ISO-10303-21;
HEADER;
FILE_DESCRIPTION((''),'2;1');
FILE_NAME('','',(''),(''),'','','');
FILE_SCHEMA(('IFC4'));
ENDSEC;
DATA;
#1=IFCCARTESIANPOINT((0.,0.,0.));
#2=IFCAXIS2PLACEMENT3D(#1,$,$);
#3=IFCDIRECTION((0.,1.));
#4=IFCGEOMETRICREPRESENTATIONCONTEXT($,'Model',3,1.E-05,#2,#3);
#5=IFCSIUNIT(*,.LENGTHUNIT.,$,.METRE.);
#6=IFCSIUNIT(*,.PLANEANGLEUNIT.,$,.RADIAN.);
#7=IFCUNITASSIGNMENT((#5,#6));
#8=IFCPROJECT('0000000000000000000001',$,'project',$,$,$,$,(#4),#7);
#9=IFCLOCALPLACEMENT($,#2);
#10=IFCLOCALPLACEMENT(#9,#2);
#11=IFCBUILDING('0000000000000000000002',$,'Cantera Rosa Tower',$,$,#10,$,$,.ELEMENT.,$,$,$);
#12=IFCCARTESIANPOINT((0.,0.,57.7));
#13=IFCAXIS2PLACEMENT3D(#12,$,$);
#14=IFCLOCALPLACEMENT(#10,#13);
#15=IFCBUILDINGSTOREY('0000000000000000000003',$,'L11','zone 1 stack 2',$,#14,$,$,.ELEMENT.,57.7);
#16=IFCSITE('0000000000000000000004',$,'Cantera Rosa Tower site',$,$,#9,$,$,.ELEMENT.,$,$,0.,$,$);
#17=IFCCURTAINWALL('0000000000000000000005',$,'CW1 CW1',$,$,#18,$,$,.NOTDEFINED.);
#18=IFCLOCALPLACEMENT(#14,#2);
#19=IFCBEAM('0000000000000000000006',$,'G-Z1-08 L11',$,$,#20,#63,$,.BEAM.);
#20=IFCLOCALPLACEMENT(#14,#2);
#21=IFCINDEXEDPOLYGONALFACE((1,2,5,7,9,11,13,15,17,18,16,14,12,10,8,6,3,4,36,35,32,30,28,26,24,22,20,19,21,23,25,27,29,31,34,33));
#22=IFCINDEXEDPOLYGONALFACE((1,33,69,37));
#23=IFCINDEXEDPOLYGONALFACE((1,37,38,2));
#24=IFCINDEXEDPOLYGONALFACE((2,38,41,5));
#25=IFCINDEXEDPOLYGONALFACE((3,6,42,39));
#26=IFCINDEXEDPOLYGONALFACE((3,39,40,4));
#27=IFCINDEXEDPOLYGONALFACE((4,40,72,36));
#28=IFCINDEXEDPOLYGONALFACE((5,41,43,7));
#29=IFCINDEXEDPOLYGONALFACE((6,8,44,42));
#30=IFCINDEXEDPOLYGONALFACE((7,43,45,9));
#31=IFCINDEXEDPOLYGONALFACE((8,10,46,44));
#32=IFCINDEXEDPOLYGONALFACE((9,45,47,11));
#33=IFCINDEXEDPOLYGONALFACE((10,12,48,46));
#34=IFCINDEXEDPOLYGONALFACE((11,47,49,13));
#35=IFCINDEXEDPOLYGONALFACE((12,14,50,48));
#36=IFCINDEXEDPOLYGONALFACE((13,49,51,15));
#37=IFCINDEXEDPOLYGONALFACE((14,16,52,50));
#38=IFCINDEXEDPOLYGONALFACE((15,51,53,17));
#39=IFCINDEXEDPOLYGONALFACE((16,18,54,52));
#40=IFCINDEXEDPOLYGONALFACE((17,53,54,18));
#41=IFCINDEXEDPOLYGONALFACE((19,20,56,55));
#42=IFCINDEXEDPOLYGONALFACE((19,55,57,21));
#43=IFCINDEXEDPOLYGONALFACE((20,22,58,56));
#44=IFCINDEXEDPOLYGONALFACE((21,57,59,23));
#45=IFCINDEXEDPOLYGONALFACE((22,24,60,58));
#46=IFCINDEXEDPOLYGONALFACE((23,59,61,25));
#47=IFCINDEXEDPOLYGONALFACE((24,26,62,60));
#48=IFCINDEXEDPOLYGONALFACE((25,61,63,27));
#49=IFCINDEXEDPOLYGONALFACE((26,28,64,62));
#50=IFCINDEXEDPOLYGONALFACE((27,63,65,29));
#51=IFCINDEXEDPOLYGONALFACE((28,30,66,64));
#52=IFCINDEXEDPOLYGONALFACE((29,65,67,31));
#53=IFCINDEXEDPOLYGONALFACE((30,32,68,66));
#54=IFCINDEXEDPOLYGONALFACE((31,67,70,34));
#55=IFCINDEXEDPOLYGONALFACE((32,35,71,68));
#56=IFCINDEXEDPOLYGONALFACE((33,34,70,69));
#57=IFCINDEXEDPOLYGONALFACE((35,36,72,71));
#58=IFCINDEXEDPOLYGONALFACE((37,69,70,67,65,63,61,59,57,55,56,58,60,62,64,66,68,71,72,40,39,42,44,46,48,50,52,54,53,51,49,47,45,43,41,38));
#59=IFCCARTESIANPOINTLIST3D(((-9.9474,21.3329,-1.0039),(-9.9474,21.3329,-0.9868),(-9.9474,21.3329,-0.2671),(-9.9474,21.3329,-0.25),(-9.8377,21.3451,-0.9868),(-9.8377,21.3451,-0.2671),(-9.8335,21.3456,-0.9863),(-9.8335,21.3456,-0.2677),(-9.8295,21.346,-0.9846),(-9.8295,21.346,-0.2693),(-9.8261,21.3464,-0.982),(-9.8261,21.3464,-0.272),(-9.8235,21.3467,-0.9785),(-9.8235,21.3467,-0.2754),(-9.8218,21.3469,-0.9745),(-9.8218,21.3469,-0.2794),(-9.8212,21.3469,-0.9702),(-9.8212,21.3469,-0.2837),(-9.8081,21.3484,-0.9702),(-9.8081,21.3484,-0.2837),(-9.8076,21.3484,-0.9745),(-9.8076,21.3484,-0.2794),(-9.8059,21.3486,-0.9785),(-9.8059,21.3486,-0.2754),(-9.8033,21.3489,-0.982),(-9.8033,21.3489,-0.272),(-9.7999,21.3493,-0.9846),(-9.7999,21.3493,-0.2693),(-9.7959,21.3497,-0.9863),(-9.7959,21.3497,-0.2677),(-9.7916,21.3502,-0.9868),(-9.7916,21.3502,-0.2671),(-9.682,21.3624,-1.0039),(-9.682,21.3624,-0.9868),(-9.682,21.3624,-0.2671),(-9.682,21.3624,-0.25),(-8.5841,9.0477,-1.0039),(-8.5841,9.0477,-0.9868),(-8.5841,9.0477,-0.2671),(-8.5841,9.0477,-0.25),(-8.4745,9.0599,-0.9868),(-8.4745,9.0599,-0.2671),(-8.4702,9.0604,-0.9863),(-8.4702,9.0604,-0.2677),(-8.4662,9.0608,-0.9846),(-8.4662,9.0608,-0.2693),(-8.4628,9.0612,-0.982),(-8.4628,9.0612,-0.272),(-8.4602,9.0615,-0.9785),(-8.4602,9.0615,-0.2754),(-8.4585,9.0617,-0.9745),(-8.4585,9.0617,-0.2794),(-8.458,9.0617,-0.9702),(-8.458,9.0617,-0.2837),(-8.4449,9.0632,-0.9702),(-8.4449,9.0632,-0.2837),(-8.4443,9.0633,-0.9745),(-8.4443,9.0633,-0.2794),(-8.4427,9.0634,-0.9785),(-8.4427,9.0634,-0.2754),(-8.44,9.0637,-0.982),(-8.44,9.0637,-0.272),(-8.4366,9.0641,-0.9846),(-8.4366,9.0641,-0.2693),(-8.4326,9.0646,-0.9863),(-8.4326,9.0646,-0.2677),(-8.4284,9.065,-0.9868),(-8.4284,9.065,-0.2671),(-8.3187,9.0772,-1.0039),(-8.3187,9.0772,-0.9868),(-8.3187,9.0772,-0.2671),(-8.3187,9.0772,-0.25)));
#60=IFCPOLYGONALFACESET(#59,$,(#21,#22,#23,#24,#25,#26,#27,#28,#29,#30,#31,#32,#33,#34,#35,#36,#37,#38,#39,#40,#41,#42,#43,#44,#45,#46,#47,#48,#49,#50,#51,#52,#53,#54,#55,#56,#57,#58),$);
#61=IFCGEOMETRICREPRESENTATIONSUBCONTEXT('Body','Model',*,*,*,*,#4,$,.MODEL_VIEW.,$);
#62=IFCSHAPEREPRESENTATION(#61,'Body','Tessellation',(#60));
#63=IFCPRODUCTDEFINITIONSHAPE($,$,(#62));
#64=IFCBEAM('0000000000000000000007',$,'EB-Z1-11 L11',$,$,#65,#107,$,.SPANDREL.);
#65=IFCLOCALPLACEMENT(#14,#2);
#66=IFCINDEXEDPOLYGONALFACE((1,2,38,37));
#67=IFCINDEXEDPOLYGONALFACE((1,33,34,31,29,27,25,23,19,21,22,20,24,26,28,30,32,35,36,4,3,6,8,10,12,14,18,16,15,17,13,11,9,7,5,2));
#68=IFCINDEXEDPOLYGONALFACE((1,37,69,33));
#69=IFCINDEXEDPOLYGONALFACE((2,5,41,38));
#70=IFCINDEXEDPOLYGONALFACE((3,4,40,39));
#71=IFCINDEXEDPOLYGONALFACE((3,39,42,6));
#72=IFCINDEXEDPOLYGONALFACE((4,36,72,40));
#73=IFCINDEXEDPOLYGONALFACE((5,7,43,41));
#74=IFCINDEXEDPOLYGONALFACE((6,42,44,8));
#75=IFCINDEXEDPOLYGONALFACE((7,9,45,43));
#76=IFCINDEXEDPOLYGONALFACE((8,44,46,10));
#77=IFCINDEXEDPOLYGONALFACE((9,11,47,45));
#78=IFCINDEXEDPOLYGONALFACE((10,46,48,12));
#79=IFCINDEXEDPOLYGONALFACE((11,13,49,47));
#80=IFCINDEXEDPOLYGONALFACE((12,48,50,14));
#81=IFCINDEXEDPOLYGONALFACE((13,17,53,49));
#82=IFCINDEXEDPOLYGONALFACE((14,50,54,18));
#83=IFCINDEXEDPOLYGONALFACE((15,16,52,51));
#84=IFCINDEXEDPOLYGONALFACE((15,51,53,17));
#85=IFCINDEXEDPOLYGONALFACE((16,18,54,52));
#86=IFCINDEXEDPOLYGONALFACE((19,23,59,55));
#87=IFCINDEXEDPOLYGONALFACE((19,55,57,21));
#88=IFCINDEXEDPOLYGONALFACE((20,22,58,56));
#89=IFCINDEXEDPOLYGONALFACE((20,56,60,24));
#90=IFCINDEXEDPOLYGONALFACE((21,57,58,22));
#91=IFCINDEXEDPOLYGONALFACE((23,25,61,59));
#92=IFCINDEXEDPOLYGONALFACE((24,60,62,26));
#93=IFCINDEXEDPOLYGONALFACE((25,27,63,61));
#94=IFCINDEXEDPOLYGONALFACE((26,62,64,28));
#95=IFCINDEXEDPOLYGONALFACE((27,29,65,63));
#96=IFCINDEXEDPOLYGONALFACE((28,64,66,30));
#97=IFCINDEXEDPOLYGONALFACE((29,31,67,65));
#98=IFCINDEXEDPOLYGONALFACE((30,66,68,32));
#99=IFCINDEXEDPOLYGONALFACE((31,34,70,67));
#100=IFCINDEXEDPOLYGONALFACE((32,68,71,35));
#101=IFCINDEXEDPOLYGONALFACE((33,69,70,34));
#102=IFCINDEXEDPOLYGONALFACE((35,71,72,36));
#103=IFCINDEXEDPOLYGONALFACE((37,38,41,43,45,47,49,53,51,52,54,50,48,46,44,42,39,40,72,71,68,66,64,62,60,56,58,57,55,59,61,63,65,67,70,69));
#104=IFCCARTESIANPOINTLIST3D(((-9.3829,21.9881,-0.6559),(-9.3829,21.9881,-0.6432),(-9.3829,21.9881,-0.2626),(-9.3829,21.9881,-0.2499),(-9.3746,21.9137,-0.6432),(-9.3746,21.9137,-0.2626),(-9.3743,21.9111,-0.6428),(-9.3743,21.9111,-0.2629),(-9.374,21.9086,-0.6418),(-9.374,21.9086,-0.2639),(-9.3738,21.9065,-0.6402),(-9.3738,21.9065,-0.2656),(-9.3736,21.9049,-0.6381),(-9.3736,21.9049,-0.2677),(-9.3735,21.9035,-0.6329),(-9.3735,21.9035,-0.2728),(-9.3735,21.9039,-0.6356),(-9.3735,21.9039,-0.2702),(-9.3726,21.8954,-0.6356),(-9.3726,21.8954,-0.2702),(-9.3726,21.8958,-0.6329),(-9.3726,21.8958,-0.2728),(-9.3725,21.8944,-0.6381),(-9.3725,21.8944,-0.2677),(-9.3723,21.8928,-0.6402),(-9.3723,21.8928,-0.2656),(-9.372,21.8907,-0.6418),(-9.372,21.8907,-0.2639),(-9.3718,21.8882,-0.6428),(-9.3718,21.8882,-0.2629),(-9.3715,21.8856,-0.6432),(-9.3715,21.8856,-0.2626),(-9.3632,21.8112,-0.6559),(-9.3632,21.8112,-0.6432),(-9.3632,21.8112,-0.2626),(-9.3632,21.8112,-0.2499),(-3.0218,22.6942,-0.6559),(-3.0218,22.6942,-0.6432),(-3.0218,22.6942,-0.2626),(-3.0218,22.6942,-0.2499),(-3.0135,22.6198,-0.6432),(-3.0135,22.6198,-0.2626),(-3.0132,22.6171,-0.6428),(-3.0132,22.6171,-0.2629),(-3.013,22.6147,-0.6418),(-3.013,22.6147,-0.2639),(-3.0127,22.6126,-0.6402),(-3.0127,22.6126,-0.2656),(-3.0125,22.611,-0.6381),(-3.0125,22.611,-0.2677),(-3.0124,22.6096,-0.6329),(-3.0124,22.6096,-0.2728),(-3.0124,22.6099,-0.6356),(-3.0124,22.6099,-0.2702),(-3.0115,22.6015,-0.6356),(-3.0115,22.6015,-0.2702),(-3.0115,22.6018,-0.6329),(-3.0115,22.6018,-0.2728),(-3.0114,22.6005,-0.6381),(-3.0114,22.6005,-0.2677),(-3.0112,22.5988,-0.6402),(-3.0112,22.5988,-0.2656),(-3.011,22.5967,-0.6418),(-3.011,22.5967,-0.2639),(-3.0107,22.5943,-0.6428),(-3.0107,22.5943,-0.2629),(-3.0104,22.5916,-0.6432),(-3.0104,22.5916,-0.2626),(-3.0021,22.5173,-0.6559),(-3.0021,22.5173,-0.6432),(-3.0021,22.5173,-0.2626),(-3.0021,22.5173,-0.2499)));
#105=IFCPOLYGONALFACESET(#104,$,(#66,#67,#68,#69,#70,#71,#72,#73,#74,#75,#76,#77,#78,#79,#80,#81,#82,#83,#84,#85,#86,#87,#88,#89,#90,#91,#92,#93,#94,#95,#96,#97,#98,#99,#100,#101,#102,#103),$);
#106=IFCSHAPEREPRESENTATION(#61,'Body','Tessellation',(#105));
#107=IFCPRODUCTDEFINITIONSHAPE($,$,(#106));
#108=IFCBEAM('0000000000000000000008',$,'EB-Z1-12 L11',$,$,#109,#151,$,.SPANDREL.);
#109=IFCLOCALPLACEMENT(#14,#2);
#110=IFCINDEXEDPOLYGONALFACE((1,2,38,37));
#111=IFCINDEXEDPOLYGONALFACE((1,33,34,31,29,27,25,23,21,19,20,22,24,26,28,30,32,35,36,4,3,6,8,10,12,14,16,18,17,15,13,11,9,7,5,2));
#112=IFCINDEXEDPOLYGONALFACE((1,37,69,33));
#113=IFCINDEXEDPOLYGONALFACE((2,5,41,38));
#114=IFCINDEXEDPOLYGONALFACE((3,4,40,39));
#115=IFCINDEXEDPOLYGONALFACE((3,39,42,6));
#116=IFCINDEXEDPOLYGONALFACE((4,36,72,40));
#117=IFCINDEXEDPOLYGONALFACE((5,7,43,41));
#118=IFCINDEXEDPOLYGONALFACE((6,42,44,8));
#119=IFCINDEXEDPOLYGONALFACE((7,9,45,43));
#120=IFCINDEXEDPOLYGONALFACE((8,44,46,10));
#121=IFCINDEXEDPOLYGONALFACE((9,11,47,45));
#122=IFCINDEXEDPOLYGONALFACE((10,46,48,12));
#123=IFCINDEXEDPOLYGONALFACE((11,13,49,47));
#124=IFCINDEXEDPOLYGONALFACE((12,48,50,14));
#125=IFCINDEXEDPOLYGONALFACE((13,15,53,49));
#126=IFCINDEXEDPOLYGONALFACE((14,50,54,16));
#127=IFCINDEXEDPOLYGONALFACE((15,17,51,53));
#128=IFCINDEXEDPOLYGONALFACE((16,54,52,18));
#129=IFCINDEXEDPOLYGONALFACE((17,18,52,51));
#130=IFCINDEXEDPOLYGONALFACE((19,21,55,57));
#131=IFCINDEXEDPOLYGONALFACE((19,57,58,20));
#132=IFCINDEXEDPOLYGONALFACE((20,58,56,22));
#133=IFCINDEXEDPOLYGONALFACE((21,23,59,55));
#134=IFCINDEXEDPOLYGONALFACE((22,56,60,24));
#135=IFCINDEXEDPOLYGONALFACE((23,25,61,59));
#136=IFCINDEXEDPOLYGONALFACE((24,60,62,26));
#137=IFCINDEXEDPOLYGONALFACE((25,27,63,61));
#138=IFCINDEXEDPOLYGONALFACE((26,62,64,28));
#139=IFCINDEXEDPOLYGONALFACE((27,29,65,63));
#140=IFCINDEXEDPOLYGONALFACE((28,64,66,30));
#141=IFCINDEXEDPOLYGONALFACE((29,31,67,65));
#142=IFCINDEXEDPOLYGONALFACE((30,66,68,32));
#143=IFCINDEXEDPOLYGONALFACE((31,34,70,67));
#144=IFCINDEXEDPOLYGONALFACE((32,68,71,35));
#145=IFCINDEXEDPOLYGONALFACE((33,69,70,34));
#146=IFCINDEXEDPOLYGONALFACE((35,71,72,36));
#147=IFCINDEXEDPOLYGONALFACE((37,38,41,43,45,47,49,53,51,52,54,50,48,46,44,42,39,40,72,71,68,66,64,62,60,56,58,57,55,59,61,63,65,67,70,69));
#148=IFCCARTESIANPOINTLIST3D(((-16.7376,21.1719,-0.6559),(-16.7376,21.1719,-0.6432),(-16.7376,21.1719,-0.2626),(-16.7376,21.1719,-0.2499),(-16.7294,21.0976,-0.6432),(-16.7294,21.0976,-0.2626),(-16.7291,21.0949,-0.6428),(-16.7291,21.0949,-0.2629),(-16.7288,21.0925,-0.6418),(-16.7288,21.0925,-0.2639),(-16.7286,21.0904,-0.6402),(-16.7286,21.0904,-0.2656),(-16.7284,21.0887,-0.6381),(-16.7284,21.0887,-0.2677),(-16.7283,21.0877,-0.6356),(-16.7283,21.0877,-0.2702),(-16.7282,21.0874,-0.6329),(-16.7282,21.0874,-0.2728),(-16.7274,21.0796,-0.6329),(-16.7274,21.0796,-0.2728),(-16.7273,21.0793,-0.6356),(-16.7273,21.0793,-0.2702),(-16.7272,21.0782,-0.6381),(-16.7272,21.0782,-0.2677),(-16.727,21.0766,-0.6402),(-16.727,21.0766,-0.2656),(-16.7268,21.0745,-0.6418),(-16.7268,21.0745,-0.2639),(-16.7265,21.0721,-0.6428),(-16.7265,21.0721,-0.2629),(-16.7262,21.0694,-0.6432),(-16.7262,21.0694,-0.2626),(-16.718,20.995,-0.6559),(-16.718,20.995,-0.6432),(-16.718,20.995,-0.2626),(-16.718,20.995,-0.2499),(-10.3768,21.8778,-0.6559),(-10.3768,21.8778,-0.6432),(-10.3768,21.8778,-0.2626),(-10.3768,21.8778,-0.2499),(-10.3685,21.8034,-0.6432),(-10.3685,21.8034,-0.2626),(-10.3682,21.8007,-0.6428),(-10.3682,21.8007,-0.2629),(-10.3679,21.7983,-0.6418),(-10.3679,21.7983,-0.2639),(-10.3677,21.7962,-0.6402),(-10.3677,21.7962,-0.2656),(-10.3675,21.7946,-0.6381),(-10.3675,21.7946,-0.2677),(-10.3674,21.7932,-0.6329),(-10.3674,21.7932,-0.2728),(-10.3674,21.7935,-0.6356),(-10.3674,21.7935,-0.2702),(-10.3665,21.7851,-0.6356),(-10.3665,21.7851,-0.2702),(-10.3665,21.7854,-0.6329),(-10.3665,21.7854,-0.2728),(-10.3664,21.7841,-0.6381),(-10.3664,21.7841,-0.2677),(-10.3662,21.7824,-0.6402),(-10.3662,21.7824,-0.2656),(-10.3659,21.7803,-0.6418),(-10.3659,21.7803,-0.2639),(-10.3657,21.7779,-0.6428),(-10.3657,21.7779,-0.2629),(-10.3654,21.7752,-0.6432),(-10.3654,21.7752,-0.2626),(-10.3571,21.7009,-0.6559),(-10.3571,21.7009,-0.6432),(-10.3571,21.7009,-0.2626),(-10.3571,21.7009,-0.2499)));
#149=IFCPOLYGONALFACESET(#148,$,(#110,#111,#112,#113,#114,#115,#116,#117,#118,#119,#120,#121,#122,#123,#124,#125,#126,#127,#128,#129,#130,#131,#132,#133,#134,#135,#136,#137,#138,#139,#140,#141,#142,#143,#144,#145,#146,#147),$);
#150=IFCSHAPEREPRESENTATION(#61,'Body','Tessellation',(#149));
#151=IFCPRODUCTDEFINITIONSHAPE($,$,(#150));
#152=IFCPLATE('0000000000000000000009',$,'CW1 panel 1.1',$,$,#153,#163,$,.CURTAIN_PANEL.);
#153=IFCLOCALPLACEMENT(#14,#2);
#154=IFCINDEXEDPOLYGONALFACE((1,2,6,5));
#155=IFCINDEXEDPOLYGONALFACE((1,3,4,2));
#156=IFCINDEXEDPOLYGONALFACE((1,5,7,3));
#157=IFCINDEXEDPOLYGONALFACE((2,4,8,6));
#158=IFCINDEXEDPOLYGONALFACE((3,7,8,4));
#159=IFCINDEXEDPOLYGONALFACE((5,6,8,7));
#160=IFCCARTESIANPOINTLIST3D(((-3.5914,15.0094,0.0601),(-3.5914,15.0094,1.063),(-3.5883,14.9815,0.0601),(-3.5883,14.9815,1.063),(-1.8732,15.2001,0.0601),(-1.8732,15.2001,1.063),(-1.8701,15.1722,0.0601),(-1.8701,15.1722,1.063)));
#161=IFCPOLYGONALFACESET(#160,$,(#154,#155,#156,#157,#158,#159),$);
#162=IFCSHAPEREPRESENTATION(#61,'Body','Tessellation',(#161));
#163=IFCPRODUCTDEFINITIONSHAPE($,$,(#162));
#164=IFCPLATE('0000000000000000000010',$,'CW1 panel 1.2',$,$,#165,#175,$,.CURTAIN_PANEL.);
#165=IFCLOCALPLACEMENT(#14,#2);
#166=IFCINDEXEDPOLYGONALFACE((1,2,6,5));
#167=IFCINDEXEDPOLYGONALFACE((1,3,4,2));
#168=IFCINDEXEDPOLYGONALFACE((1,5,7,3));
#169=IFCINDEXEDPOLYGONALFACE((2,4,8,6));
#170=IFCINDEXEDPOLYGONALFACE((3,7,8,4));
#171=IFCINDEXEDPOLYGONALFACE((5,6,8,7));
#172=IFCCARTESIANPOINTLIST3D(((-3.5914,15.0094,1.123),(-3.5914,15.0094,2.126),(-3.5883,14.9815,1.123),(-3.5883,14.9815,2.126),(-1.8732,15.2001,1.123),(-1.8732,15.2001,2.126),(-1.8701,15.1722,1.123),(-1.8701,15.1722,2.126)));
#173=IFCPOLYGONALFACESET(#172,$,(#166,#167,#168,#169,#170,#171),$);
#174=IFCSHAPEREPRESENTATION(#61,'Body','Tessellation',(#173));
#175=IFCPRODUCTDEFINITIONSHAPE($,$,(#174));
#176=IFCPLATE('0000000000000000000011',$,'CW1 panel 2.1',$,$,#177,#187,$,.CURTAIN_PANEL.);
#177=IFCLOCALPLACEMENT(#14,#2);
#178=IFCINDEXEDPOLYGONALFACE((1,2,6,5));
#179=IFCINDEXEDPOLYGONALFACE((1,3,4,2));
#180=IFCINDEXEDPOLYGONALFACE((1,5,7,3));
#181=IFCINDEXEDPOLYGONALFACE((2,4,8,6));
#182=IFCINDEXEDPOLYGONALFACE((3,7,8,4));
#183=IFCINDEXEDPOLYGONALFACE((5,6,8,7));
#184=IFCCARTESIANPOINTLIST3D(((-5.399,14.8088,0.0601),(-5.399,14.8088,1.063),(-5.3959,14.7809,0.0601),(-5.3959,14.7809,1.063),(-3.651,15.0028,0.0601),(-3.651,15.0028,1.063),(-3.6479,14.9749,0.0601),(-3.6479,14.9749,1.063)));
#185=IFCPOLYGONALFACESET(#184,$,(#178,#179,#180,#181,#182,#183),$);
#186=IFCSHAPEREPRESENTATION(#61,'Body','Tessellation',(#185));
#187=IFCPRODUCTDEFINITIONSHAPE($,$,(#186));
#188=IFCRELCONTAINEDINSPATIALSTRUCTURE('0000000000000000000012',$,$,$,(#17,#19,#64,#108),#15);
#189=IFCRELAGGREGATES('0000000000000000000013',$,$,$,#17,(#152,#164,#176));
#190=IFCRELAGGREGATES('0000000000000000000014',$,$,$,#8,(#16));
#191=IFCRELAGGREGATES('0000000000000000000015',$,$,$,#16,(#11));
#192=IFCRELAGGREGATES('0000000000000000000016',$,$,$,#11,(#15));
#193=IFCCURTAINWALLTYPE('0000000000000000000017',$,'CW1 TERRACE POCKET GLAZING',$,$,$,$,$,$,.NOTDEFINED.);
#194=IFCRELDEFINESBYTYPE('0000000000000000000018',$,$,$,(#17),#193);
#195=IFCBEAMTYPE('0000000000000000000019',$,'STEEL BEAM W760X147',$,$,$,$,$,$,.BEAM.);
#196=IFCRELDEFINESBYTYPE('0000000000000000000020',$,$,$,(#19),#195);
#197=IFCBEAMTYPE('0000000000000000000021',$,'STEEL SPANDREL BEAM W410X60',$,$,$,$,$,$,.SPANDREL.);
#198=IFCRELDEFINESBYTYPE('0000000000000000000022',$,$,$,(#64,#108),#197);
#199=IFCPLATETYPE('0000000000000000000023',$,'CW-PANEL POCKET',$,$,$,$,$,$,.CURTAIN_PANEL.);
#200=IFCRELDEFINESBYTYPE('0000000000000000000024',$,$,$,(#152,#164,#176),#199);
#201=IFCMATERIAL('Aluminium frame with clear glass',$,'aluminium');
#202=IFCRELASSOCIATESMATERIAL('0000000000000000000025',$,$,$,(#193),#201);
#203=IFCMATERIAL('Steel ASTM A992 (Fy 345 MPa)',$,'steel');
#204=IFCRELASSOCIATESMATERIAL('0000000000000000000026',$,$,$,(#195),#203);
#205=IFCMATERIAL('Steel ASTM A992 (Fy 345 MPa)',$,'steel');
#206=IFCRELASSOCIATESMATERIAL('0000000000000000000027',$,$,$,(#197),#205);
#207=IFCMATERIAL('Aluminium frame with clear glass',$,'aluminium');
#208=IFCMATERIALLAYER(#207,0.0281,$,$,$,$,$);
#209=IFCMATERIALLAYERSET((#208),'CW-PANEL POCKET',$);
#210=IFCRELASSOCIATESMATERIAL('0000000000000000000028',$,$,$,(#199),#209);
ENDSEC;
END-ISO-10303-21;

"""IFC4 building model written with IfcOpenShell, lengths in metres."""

from ifc_helpers import new_model, si_unit, direction, frame, origin, origin_2d, place, context, subcontext, project, spatial, rectangle, i_section, extrude, material, layer, layer_set, material_profile, profile_set, type_object, element, aggregate, save


model = new_model("IFC4")

# Units and contexts
model_context = context("Model", 3, precision=1e-05, world=origin(), true_north=direction((0.0, 1.0)))
body_context = subcontext(model_context, "Body", "Model", "MODEL_VIEW")
ifc_project = project(units=[si_unit("LENGTHUNIT", "METRE"), si_unit("PLANEANGLEUNIT", "RADIAN")], contexts=[model_context])

# Site, building, storey
site_placement = place(None, origin())
site = spatial("IfcSite", under=ifc_project, at=site_placement, Name="Cantera Rosa Tower site", CompositionType="ELEMENT", RefElevation=0.0)
building_placement = place(site_placement, origin())
building = spatial("IfcBuilding", under=site, at=building_placement, Name="Cantera Rosa Tower", CompositionType="ELEMENT")
storey_placement = place(building_placement, frame((0.0, 0.0, 57.7)))
storey = spatial("IfcBuildingStorey", under=building, at=storey_placement, Name="L11", Description="zone 1 stack 2", CompositionType="ELEMENT", Elevation=57.7)

# Curtain wall
ifc_material_1 = material(Name="Aluminium frame with clear glass", Category="aluminium")
curtain_wall_type = type_object("IfcCurtainWallType", Name="CW1 TERRACE POCKET GLAZING", PredefinedType="NOTDEFINED", material=ifc_material_1)
curtain_wall_placement = place(storey_placement, origin())
curtain_wall = element("IfcCurtainWall", 1, at=curtain_wall_placement, inside=storey, type_object=curtain_wall_type, Name="CW1 CW1", PredefinedType="NOTDEFINED")

# Beams
ifc_material_2 = material(Name="Steel ASTM A992 (Fy 345 MPa)", Category="steel")
ifc_material_profile_1 = material_profile(ifc_material_2, i_section(OverallWidth=0.2671, OverallDepth=0.7539, WebThickness=0.0132, FlangeThickness=0.0171, FilletRadius=0.0166, at=origin_2d()), Name="W760X147")
ifc_profile_set_1 = profile_set([ifc_material_profile_1], Name="Steel ASTM A992 (Fy 345 MPa)")
beam_type_1 = type_object("IfcBeamType", Name="STEEL BEAM W760X147", PredefinedType="BEAM", material=ifc_profile_set_1)
beam_1_placement = place(storey_placement, frame((-9.8147, 21.3477, -0.627), z_axis=(0.110293, -0.993899, 0.0), x_axis=(0.993899, 0.110293, 0.0)))
element("IfcBeam", 2, at=beam_1_placement, inside=storey, type_object=beam_type_1, Name="G-Z1-08 L11", PredefinedType="BEAM", context=body_context, shape_type="SweptSolid", body=[
    extrude(i_section(OverallWidth=0.2671, OverallDepth=0.7539, WebThickness=0.0132, FlangeThickness=0.0171, FilletRadius=0.0166, at=origin_2d()), origin(), (0.0, 0.0, 1.0), 12.3606),
])
ifc_material_3 = material(Name="Steel ASTM A992 (Fy 345 MPa)", Category="steel")
ifc_material_profile_2 = material_profile(ifc_material_3, i_section(OverallWidth=0.178, OverallDepth=0.406, WebThickness=0.0078, FlangeThickness=0.0127, FilletRadius=0.0103, at=origin_2d()), Name="W410X60")
ifc_profile_set_2 = profile_set([ifc_material_profile_2], Name="Steel ASTM A992 (Fy 345 MPa)")
beam_type_2 = type_object("IfcBeamType", Name="STEEL SPANDREL BEAM W410X60", PredefinedType="SPANDREL", material=ifc_profile_set_2)
beam_2_placement = place(storey_placement, frame((-3.012, 22.6057, -0.4529), z_axis=(-0.993896, -0.110318, 0.0), x_axis=(0.110318, -0.993896, 0.0)))
element("IfcBeam", 3, at=beam_2_placement, inside=storey, type_object=beam_type_2, Name="EB-Z1-11 L11", PredefinedType="SPANDREL", context=body_context, shape_type="SweptSolid", body=[
    extrude(i_section(OverallWidth=0.178, OverallDepth=0.406, WebThickness=0.0078, FlangeThickness=0.0127, FilletRadius=0.0103, at=origin_2d()), origin(), (0.0, 0.0, 1.0), 6.4001),
])
beam_3_placement = place(storey_placement, frame((-10.3669, 21.7893, -0.4529), z_axis=(-0.9939, -0.110285, 0.0), x_axis=(0.110285, -0.9939, 0.0)))
element("IfcBeam", 4, at=beam_3_placement, inside=storey, type_object=beam_type_2, Name="EB-Z1-12 L11", PredefinedType="SPANDREL", context=body_context, shape_type="SweptSolid", body=[
    extrude(i_section(OverallWidth=0.178, OverallDepth=0.406, WebThickness=0.0078, FlangeThickness=0.0127, FilletRadius=0.0103, at=origin_2d()), origin(), (0.0, 0.0, 1.0), 6.3999),
])

# Plates
ifc_material_4 = material(Name="Aluminium frame with clear glass", Category="aluminium")
ifc_layer_1 = layer(ifc_material_4, 0.0281)
ifc_layer_set_1 = layer_set([ifc_layer_1], Name="CW-PANEL POCKET")
plate_type = type_object("IfcPlateType", Name="CW-PANEL POCKET", PredefinedType="CURTAIN_PANEL", material=ifc_layer_set_1)
plate_1_placement = place(storey_placement, frame((-2.7307, 15.0908, 0.0601), z_axis=(0.0, 0.0, 1.0), x_axis=(-0.993897, -0.110313, 0.0)))
plate_1 = element("IfcPlate", 5, at=plate_1_placement, type_object=plate_type, Name="CW1 panel 1.1", PredefinedType="CURTAIN_PANEL", context=body_context, shape_type="SweptSolid", body=[
    extrude(rectangle(XDim=1.7288, YDim=0.0281, at=origin_2d()), origin(), (0.0, 0.0, 1.0), 1.0029),
])
plate_2_placement = place(storey_placement, frame((-2.7307, 15.0908, 1.123), z_axis=(0.0, 0.0, 1.0), x_axis=(-0.993897, -0.110313, 0.0)))
plate_2 = element("IfcPlate", 6, at=plate_2_placement, type_object=plate_type, Name="CW1 panel 1.2", PredefinedType="CURTAIN_PANEL", context=body_context, shape_type="SweptSolid", body=[
    extrude(rectangle(XDim=1.7288, YDim=0.0281, at=origin_2d()), origin(), (0.0, 0.0, 1.0), 1.0029),
])
plate_3_placement = place(storey_placement, frame((-4.5234, 14.8918, 0.0601), z_axis=(0.0, 0.0, 1.0), x_axis=(-0.993897, -0.110313, 0.0)))
plate_3 = element("IfcPlate", 7, at=plate_3_placement, type_object=plate_type, Name="CW1 panel 2.1", PredefinedType="CURTAIN_PANEL", context=body_context, shape_type="SweptSolid", body=[
    extrude(rectangle(XDim=1.7588, YDim=0.0281, at=origin_2d()), origin(), (0.0, 0.0, 1.0), 1.0029),
])
aggregate(curtain_wall, [plate_1, plate_2, plate_3])

save(model, "model.ifc")
